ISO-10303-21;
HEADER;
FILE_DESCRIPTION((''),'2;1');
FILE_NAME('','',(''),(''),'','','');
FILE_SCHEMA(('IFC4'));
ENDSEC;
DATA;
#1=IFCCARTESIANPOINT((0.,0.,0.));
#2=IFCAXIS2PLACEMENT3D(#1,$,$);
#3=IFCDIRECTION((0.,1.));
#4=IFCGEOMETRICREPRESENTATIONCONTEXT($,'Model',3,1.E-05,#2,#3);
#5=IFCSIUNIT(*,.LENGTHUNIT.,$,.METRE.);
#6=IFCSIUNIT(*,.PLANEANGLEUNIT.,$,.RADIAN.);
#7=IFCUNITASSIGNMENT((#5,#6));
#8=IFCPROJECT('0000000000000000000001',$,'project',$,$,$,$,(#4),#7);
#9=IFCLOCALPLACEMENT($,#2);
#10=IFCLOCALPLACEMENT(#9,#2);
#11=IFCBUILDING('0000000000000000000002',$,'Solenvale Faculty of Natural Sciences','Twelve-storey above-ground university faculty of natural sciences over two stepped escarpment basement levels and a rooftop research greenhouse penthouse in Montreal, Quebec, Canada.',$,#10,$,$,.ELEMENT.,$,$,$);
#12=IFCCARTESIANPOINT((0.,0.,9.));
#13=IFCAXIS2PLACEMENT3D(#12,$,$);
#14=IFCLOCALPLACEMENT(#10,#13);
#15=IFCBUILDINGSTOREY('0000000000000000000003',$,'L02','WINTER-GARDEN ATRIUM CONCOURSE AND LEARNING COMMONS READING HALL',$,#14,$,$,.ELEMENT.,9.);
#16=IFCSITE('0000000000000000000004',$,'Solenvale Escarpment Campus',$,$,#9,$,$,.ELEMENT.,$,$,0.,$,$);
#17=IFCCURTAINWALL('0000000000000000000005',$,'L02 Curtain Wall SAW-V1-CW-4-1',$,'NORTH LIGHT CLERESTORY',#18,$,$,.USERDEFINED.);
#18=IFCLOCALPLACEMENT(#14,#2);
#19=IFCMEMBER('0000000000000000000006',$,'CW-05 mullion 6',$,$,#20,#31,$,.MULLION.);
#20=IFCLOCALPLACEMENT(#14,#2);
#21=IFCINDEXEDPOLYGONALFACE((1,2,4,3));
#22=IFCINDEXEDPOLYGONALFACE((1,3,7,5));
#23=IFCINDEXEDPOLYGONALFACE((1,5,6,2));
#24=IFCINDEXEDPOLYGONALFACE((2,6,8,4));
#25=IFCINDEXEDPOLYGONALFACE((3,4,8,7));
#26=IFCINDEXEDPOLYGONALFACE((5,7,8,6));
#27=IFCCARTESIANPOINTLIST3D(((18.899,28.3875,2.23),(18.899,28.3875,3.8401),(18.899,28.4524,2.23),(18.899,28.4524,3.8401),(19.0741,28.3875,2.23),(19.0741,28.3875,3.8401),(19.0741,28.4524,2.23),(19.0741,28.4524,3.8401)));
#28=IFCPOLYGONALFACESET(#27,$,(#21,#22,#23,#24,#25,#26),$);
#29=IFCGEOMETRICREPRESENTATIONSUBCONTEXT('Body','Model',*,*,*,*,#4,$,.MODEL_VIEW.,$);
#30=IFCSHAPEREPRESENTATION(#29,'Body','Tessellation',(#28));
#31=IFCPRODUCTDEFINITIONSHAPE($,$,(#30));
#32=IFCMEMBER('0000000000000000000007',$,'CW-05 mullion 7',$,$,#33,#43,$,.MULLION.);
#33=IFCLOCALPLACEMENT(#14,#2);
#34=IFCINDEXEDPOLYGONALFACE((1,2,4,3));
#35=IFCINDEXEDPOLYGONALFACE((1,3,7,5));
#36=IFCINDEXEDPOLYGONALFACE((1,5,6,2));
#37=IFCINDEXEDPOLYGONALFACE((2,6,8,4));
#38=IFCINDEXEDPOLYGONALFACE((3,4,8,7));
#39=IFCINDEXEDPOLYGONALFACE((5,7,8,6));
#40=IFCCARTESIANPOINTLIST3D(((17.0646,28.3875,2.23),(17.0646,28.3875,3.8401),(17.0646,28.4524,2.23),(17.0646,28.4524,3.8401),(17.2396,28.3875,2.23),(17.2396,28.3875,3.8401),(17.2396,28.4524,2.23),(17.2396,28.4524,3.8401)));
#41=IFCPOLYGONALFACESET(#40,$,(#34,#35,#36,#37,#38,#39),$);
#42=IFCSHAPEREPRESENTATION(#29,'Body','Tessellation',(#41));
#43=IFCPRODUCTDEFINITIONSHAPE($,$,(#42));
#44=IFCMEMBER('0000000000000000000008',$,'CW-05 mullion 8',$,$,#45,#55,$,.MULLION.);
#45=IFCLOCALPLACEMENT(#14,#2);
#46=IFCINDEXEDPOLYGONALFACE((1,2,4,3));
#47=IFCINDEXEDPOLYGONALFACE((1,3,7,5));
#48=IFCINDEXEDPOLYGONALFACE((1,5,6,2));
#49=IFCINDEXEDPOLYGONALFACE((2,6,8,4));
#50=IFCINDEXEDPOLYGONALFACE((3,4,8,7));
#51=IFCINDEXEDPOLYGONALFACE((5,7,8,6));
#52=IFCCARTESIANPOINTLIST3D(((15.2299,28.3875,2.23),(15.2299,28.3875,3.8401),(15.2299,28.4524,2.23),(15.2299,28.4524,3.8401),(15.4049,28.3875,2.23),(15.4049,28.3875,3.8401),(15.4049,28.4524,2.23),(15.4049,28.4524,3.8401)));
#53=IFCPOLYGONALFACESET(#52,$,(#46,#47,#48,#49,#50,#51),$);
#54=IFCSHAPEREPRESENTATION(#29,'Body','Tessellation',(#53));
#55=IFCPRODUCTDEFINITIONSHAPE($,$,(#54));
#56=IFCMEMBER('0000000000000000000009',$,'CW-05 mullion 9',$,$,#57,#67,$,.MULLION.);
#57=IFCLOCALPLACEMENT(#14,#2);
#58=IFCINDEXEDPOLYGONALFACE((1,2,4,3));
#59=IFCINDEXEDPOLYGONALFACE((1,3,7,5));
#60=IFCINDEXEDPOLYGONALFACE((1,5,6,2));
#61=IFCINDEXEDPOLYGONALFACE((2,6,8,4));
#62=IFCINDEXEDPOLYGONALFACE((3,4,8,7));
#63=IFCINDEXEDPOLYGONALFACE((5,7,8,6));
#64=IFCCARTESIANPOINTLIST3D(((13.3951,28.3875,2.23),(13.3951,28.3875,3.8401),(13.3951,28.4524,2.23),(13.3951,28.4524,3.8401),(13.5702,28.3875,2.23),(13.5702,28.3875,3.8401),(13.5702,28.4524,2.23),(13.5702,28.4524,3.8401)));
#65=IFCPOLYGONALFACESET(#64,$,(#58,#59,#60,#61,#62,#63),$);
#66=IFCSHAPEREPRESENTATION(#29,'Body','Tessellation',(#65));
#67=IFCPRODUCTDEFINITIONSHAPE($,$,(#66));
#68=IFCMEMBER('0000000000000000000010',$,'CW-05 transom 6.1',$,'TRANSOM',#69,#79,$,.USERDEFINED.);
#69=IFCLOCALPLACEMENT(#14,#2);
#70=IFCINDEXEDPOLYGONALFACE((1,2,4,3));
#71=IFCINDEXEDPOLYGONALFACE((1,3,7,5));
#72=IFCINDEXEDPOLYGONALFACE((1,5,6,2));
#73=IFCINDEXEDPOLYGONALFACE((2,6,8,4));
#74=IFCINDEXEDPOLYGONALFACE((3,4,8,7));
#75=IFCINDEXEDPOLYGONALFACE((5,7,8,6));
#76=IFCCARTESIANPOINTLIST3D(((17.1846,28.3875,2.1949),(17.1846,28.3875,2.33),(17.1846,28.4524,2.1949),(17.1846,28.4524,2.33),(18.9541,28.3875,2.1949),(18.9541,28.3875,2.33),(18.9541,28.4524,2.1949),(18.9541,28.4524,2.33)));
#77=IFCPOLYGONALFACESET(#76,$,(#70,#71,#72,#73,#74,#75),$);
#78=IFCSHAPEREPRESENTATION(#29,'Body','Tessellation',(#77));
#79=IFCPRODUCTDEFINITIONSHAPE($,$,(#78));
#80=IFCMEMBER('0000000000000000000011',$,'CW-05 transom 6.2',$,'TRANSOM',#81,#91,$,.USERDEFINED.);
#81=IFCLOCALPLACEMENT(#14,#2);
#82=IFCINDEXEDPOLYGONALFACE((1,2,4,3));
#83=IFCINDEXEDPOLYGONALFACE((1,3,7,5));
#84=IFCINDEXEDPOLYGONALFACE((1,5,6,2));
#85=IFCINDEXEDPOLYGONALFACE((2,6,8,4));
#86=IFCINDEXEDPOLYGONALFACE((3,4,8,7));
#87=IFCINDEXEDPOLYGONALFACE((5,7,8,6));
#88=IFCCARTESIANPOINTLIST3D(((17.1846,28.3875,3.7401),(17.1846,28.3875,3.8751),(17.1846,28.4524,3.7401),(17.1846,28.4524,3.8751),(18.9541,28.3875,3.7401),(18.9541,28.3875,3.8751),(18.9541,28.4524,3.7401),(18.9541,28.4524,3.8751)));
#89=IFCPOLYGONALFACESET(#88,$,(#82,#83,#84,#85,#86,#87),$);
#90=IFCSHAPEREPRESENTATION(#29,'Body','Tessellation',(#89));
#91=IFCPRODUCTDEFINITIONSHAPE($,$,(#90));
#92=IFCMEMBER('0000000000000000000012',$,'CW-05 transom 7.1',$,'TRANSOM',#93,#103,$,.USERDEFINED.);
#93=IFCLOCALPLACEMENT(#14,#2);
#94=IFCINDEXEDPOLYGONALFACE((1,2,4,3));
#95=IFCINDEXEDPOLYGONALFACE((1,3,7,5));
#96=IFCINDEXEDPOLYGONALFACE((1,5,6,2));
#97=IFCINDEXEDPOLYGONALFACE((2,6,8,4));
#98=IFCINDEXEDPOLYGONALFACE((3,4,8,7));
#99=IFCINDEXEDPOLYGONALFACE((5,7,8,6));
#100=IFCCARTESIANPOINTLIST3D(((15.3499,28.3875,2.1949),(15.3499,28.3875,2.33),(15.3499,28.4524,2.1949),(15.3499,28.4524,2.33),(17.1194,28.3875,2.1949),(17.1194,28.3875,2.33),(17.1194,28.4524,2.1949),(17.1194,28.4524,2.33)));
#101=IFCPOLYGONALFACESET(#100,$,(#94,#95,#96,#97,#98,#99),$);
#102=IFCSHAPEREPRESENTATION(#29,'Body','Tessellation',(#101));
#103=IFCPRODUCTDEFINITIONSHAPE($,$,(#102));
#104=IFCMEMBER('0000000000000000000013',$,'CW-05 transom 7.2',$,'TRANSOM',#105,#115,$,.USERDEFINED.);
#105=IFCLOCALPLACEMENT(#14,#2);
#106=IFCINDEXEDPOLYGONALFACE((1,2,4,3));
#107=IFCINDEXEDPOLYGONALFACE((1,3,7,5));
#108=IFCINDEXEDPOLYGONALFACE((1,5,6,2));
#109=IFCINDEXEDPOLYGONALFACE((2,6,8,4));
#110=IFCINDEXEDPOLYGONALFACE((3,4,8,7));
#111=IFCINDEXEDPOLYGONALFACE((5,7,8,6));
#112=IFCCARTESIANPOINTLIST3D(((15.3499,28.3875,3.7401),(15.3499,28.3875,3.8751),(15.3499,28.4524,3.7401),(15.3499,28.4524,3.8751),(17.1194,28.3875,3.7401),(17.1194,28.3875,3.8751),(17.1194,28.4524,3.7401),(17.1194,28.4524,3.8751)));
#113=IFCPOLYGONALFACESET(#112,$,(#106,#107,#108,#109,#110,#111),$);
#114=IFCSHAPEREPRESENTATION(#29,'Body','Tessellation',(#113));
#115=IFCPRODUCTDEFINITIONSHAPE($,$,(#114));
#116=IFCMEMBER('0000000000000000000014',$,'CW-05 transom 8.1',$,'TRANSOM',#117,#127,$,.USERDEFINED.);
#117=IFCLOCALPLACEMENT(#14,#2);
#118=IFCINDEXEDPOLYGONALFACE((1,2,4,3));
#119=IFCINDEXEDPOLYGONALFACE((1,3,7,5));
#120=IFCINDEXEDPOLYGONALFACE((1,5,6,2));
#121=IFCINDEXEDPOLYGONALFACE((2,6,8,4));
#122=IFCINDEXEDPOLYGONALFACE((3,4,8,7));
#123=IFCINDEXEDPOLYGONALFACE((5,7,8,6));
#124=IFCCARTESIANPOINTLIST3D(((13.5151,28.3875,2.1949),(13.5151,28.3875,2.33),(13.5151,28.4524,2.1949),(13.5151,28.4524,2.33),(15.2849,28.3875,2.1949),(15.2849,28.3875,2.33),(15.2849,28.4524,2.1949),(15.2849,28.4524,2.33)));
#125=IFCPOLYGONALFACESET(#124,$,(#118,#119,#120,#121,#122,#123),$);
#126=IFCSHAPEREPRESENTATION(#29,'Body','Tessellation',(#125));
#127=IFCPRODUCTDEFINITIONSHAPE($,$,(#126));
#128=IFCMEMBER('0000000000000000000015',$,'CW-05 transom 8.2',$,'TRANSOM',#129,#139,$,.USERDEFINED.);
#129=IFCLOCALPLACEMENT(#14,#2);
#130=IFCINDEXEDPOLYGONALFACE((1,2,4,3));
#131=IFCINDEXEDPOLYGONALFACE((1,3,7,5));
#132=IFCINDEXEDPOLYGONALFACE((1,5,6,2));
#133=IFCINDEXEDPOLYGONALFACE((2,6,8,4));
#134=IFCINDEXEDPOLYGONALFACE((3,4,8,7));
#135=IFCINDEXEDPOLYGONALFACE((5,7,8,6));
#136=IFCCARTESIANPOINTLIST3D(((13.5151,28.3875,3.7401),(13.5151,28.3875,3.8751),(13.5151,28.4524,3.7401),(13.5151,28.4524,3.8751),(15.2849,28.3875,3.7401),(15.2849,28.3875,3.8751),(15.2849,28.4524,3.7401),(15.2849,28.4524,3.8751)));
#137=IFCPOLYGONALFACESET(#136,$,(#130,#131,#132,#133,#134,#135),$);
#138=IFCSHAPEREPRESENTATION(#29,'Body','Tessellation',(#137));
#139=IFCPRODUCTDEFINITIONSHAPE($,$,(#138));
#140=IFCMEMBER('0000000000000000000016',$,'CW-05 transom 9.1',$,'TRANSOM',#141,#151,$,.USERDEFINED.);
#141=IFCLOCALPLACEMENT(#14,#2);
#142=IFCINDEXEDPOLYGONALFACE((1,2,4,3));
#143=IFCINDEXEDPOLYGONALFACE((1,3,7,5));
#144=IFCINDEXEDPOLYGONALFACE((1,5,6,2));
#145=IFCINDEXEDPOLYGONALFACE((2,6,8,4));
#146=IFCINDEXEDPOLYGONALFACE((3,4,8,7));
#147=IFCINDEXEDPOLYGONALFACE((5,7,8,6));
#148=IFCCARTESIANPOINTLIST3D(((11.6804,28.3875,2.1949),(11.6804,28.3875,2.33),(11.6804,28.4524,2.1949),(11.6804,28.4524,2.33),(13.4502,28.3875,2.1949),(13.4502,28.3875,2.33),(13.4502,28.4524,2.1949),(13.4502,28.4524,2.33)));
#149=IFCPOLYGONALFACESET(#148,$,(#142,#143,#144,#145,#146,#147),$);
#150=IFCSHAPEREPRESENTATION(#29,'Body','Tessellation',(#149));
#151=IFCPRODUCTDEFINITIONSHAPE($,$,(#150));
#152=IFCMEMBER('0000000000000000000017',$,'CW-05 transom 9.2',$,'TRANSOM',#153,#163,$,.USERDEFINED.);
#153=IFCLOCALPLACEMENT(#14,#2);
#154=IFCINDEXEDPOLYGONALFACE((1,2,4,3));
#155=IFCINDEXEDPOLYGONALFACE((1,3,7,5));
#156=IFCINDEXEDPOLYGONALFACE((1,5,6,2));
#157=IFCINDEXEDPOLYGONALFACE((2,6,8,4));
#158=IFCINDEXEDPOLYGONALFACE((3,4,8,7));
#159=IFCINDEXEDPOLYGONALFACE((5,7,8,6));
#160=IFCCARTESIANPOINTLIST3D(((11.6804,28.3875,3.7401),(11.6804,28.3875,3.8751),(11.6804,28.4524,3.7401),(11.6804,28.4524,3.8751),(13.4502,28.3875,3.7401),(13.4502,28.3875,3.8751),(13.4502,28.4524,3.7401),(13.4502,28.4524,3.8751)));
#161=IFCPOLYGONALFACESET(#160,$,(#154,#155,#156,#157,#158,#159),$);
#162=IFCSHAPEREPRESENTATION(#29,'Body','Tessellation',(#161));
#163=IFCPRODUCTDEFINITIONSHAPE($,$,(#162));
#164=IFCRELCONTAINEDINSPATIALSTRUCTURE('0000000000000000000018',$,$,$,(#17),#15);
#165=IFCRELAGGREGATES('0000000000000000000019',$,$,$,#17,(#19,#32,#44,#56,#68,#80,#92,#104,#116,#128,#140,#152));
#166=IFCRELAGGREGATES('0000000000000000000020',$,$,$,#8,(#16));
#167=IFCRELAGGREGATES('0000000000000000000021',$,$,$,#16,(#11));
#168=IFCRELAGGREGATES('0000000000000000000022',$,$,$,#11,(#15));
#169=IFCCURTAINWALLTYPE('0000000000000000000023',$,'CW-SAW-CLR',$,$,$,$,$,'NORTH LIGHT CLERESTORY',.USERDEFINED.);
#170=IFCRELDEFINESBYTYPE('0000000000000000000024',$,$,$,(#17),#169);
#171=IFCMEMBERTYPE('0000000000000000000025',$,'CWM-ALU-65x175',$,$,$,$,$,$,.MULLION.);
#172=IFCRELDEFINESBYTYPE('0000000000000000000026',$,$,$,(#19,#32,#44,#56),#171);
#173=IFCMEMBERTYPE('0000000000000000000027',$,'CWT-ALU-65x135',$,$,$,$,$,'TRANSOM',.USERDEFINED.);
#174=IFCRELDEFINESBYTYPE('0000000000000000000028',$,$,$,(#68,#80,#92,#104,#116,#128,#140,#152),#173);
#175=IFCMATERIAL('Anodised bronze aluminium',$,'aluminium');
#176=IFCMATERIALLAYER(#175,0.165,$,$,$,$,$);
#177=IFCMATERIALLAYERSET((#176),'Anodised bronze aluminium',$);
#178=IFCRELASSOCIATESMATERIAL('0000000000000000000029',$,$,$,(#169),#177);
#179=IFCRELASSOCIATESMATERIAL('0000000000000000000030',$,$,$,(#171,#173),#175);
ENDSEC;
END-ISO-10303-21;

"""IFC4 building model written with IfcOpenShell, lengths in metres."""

from ifc_helpers import new_model, si_unit, direction, frame, origin, origin_2d, place, context, subcontext, project, spatial, rectangle, extrude, material, layer, layer_set, material_profile, profile_set, type_object, element, aggregate, save


model = new_model("IFC4")

# Units and contexts
model_context = context("Model", 3, precision=1e-05, world=origin(), true_north=direction((0.0, 1.0)))
body_context = subcontext(model_context, "Body", "Model", "MODEL_VIEW")
ifc_project = project(units=[si_unit("LENGTHUNIT", "METRE"), si_unit("PLANEANGLEUNIT", "RADIAN")], contexts=[model_context])

# Site, building, storey
site_placement = place(None, origin())
site = spatial("IfcSite", under=ifc_project, at=site_placement, Name="Solenvale Escarpment Campus", CompositionType="ELEMENT", RefElevation=0.0)
building_placement = place(site_placement, origin())
building = spatial("IfcBuilding", under=site, at=building_placement, Name="Solenvale Faculty of Natural Sciences", Description="Twelve-storey above-ground university faculty of natural sciences over two stepped escarpment basement levels and a rooftop research greenhouse penthouse in Montreal, Quebec, Canada.", CompositionType="ELEMENT")
storey_placement = place(building_placement, frame((0.0, 0.0, 9.0)))
storey = spatial("IfcBuildingStorey", under=building, at=storey_placement, Name="L02", Description="WINTER-GARDEN ATRIUM CONCOURSE AND LEARNING COMMONS READING HALL", CompositionType="ELEMENT", Elevation=9.0)

# Curtain wall, members
ifc_material_1 = material(Name="Anodised bronze aluminium", Category="aluminium")
ifc_layer_1 = layer(ifc_material_1, 0.165)
ifc_layer_set_1 = layer_set([ifc_layer_1], Name="Anodised bronze aluminium")
curtain_wall_type = type_object("IfcCurtainWallType", Name="CW-SAW-CLR", ElementType="NORTH LIGHT CLERESTORY", PredefinedType="USERDEFINED", material=ifc_layer_set_1)
curtain_wall_placement = place(storey_placement, origin())
curtain_wall = element("IfcCurtainWall", 1, at=curtain_wall_placement, inside=storey, type_object=curtain_wall_type, Name="L02 Curtain Wall SAW-V1-CW-4-1", ObjectType="NORTH LIGHT CLERESTORY", PredefinedType="USERDEFINED")
ifc_material_profile_1 = material_profile(ifc_material_1, rectangle(XDim=0.0649, YDim=0.175, at=origin_2d()), Name="ALU-MUL-65x175")
ifc_profile_set_1 = profile_set([ifc_material_profile_1], Name="Anodised bronze aluminium")
member_type_1 = type_object("IfcMemberType", Name="CWM-ALU-65x175", PredefinedType="MULLION", material=ifc_profile_set_1)
member_1_placement = place(storey_placement, frame((18.9866, 28.4199, 2.23), z_axis=(0.0, 0.0, 1.0), x_axis=(0.0, -1.0, 0.0)))
member_1 = element("IfcMember", 2, at=member_1_placement, type_object=member_type_1, Name="CW-05 mullion 6", PredefinedType="MULLION", context=body_context, shape_type="SweptSolid", body=[
    extrude(rectangle(XDim=0.0649, YDim=0.175, at=origin_2d()), origin(), (0.0, 0.0, 1.0), 1.6101),
])
member_2_placement = place(storey_placement, frame((17.1521, 28.4199, 2.23), z_axis=(0.0, 0.0, 1.0), x_axis=(0.0, -1.0, 0.0)))
member_2 = element("IfcMember", 3, at=member_2_placement, type_object=member_type_1, Name="CW-05 mullion 7", PredefinedType="MULLION", context=body_context, shape_type="SweptSolid", body=[
    extrude(rectangle(XDim=0.0649, YDim=0.175, at=origin_2d()), origin(), (0.0, 0.0, 1.0), 1.6101),
])
member_3_placement = place(storey_placement, frame((15.3174, 28.4199, 2.23), z_axis=(0.0, 0.0, 1.0), x_axis=(0.0, -1.0, 0.0)))
member_3 = element("IfcMember", 4, at=member_3_placement, type_object=member_type_1, Name="CW-05 mullion 8", PredefinedType="MULLION", context=body_context, shape_type="SweptSolid", body=[
    extrude(rectangle(XDim=0.0649, YDim=0.175, at=origin_2d()), origin(), (0.0, 0.0, 1.0), 1.6101),
])
member_4_placement = place(storey_placement, frame((13.4827, 28.4199, 2.23), z_axis=(0.0, 0.0, 1.0), x_axis=(0.0, -1.0, 0.0)))
member_4 = element("IfcMember", 5, at=member_4_placement, type_object=member_type_1, Name="CW-05 mullion 9", PredefinedType="MULLION", context=body_context, shape_type="SweptSolid", body=[
    extrude(rectangle(XDim=0.0649, YDim=0.175, at=origin_2d()), origin(), (0.0, 0.0, 1.0), 1.6101),
])
ifc_material_profile_2 = material_profile(ifc_material_1, rectangle(XDim=0.0649, YDim=0.135, at=origin_2d()), Name="ALU-TRN-65x135")
ifc_profile_set_2 = profile_set([ifc_material_profile_2], Name="Anodised bronze aluminium")
member_type_2 = type_object("IfcMemberType", Name="CWT-ALU-65x135", ElementType="TRANSOM", PredefinedType="USERDEFINED", material=ifc_profile_set_2)
member_5_placement = place(storey_placement, frame((18.9541, 28.4199, 2.2625), z_axis=(-1.0, 0.0, 0.0), x_axis=(0.0, -1.0, 0.0)))
member_5 = element("IfcMember", 6, at=member_5_placement, type_object=member_type_2, Name="CW-05 transom 6.1", ObjectType="TRANSOM", PredefinedType="USERDEFINED", context=body_context, shape_type="SweptSolid", body=[
    extrude(rectangle(XDim=0.0649, YDim=0.135, at=origin_2d()), origin(), (0.0, 0.0, 1.0), 1.7695),
])
member_6_placement = place(storey_placement, frame((18.9541, 28.4199, 3.8076), z_axis=(-1.0, 0.0, 0.0), x_axis=(0.0, -1.0, 0.0)))
member_6 = element("IfcMember", 7, at=member_6_placement, type_object=member_type_2, Name="CW-05 transom 6.2", ObjectType="TRANSOM", PredefinedType="USERDEFINED", context=body_context, shape_type="SweptSolid", body=[
    extrude(rectangle(XDim=0.0649, YDim=0.135, at=origin_2d()), origin(), (0.0, 0.0, 1.0), 1.7695),
])
member_7_placement = place(storey_placement, frame((17.1194, 28.4199, 2.2625), z_axis=(-1.0, 0.0, 0.0), x_axis=(0.0, -1.0, 0.0)))
member_7 = element("IfcMember", 8, at=member_7_placement, type_object=member_type_2, Name="CW-05 transom 7.1", ObjectType="TRANSOM", PredefinedType="USERDEFINED", context=body_context, shape_type="SweptSolid", body=[
    extrude(rectangle(XDim=0.0649, YDim=0.135, at=origin_2d()), origin(), (0.0, 0.0, 1.0), 1.7695),
])
member_8_placement = place(storey_placement, frame((17.1194, 28.4199, 3.8076), z_axis=(-1.0, 0.0, 0.0), x_axis=(0.0, -1.0, 0.0)))
member_8 = element("IfcMember", 9, at=member_8_placement, type_object=member_type_2, Name="CW-05 transom 7.2", ObjectType="TRANSOM", PredefinedType="USERDEFINED", context=body_context, shape_type="SweptSolid", body=[
    extrude(rectangle(XDim=0.0649, YDim=0.135, at=origin_2d()), origin(), (0.0, 0.0, 1.0), 1.7695),
])
member_9_placement = place(storey_placement, frame((15.2849, 28.4199, 2.2625), z_axis=(-1.0, 0.0, 0.0), x_axis=(0.0, -1.0, 0.0)))
member_9 = element("IfcMember", 10, at=member_9_placement, type_object=member_type_2, Name="CW-05 transom 8.1", ObjectType="TRANSOM", PredefinedType="USERDEFINED", context=body_context, shape_type="SweptSolid", body=[
    extrude(rectangle(XDim=0.0649, YDim=0.135, at=origin_2d()), origin(), (0.0, 0.0, 1.0), 1.7698),
])
member_10_placement = place(storey_placement, frame((15.2849, 28.4199, 3.8076), z_axis=(-1.0, 0.0, 0.0), x_axis=(0.0, -1.0, 0.0)))
member_10 = element("IfcMember", 11, at=member_10_placement, type_object=member_type_2, Name="CW-05 transom 8.2", ObjectType="TRANSOM", PredefinedType="USERDEFINED", context=body_context, shape_type="SweptSolid", body=[
    extrude(rectangle(XDim=0.0649, YDim=0.135, at=origin_2d()), origin(), (0.0, 0.0, 1.0), 1.7698),
])
member_11_placement = place(storey_placement, frame((13.4502, 28.4199, 2.2625), z_axis=(-1.0, 0.0, 0.0), x_axis=(0.0, -1.0, 0.0)))
member_11 = element("IfcMember", 12, at=member_11_placement, type_object=member_type_2, Name="CW-05 transom 9.1", ObjectType="TRANSOM", PredefinedType="USERDEFINED", context=body_context, shape_type="SweptSolid", body=[
    extrude(rectangle(XDim=0.0649, YDim=0.135, at=origin_2d()), origin(), (0.0, 0.0, 1.0), 1.7698),
])
member_12_placement = place(storey_placement, frame((13.4502, 28.4199, 3.8076), z_axis=(-1.0, 0.0, 0.0), x_axis=(0.0, -1.0, 0.0)))
member_12 = element("IfcMember", 13, at=member_12_placement, type_object=member_type_2, Name="CW-05 transom 9.2", ObjectType="TRANSOM", PredefinedType="USERDEFINED", context=body_context, shape_type="SweptSolid", body=[
    extrude(rectangle(XDim=0.0649, YDim=0.135, at=origin_2d()), origin(), (0.0, 0.0, 1.0), 1.7698),
])

aggregate(curtain_wall, [member_1, member_2, member_3, member_4, member_5, member_6, member_7, member_8, member_9, member_10, member_11, member_12])

save(model, "model.ifc")
